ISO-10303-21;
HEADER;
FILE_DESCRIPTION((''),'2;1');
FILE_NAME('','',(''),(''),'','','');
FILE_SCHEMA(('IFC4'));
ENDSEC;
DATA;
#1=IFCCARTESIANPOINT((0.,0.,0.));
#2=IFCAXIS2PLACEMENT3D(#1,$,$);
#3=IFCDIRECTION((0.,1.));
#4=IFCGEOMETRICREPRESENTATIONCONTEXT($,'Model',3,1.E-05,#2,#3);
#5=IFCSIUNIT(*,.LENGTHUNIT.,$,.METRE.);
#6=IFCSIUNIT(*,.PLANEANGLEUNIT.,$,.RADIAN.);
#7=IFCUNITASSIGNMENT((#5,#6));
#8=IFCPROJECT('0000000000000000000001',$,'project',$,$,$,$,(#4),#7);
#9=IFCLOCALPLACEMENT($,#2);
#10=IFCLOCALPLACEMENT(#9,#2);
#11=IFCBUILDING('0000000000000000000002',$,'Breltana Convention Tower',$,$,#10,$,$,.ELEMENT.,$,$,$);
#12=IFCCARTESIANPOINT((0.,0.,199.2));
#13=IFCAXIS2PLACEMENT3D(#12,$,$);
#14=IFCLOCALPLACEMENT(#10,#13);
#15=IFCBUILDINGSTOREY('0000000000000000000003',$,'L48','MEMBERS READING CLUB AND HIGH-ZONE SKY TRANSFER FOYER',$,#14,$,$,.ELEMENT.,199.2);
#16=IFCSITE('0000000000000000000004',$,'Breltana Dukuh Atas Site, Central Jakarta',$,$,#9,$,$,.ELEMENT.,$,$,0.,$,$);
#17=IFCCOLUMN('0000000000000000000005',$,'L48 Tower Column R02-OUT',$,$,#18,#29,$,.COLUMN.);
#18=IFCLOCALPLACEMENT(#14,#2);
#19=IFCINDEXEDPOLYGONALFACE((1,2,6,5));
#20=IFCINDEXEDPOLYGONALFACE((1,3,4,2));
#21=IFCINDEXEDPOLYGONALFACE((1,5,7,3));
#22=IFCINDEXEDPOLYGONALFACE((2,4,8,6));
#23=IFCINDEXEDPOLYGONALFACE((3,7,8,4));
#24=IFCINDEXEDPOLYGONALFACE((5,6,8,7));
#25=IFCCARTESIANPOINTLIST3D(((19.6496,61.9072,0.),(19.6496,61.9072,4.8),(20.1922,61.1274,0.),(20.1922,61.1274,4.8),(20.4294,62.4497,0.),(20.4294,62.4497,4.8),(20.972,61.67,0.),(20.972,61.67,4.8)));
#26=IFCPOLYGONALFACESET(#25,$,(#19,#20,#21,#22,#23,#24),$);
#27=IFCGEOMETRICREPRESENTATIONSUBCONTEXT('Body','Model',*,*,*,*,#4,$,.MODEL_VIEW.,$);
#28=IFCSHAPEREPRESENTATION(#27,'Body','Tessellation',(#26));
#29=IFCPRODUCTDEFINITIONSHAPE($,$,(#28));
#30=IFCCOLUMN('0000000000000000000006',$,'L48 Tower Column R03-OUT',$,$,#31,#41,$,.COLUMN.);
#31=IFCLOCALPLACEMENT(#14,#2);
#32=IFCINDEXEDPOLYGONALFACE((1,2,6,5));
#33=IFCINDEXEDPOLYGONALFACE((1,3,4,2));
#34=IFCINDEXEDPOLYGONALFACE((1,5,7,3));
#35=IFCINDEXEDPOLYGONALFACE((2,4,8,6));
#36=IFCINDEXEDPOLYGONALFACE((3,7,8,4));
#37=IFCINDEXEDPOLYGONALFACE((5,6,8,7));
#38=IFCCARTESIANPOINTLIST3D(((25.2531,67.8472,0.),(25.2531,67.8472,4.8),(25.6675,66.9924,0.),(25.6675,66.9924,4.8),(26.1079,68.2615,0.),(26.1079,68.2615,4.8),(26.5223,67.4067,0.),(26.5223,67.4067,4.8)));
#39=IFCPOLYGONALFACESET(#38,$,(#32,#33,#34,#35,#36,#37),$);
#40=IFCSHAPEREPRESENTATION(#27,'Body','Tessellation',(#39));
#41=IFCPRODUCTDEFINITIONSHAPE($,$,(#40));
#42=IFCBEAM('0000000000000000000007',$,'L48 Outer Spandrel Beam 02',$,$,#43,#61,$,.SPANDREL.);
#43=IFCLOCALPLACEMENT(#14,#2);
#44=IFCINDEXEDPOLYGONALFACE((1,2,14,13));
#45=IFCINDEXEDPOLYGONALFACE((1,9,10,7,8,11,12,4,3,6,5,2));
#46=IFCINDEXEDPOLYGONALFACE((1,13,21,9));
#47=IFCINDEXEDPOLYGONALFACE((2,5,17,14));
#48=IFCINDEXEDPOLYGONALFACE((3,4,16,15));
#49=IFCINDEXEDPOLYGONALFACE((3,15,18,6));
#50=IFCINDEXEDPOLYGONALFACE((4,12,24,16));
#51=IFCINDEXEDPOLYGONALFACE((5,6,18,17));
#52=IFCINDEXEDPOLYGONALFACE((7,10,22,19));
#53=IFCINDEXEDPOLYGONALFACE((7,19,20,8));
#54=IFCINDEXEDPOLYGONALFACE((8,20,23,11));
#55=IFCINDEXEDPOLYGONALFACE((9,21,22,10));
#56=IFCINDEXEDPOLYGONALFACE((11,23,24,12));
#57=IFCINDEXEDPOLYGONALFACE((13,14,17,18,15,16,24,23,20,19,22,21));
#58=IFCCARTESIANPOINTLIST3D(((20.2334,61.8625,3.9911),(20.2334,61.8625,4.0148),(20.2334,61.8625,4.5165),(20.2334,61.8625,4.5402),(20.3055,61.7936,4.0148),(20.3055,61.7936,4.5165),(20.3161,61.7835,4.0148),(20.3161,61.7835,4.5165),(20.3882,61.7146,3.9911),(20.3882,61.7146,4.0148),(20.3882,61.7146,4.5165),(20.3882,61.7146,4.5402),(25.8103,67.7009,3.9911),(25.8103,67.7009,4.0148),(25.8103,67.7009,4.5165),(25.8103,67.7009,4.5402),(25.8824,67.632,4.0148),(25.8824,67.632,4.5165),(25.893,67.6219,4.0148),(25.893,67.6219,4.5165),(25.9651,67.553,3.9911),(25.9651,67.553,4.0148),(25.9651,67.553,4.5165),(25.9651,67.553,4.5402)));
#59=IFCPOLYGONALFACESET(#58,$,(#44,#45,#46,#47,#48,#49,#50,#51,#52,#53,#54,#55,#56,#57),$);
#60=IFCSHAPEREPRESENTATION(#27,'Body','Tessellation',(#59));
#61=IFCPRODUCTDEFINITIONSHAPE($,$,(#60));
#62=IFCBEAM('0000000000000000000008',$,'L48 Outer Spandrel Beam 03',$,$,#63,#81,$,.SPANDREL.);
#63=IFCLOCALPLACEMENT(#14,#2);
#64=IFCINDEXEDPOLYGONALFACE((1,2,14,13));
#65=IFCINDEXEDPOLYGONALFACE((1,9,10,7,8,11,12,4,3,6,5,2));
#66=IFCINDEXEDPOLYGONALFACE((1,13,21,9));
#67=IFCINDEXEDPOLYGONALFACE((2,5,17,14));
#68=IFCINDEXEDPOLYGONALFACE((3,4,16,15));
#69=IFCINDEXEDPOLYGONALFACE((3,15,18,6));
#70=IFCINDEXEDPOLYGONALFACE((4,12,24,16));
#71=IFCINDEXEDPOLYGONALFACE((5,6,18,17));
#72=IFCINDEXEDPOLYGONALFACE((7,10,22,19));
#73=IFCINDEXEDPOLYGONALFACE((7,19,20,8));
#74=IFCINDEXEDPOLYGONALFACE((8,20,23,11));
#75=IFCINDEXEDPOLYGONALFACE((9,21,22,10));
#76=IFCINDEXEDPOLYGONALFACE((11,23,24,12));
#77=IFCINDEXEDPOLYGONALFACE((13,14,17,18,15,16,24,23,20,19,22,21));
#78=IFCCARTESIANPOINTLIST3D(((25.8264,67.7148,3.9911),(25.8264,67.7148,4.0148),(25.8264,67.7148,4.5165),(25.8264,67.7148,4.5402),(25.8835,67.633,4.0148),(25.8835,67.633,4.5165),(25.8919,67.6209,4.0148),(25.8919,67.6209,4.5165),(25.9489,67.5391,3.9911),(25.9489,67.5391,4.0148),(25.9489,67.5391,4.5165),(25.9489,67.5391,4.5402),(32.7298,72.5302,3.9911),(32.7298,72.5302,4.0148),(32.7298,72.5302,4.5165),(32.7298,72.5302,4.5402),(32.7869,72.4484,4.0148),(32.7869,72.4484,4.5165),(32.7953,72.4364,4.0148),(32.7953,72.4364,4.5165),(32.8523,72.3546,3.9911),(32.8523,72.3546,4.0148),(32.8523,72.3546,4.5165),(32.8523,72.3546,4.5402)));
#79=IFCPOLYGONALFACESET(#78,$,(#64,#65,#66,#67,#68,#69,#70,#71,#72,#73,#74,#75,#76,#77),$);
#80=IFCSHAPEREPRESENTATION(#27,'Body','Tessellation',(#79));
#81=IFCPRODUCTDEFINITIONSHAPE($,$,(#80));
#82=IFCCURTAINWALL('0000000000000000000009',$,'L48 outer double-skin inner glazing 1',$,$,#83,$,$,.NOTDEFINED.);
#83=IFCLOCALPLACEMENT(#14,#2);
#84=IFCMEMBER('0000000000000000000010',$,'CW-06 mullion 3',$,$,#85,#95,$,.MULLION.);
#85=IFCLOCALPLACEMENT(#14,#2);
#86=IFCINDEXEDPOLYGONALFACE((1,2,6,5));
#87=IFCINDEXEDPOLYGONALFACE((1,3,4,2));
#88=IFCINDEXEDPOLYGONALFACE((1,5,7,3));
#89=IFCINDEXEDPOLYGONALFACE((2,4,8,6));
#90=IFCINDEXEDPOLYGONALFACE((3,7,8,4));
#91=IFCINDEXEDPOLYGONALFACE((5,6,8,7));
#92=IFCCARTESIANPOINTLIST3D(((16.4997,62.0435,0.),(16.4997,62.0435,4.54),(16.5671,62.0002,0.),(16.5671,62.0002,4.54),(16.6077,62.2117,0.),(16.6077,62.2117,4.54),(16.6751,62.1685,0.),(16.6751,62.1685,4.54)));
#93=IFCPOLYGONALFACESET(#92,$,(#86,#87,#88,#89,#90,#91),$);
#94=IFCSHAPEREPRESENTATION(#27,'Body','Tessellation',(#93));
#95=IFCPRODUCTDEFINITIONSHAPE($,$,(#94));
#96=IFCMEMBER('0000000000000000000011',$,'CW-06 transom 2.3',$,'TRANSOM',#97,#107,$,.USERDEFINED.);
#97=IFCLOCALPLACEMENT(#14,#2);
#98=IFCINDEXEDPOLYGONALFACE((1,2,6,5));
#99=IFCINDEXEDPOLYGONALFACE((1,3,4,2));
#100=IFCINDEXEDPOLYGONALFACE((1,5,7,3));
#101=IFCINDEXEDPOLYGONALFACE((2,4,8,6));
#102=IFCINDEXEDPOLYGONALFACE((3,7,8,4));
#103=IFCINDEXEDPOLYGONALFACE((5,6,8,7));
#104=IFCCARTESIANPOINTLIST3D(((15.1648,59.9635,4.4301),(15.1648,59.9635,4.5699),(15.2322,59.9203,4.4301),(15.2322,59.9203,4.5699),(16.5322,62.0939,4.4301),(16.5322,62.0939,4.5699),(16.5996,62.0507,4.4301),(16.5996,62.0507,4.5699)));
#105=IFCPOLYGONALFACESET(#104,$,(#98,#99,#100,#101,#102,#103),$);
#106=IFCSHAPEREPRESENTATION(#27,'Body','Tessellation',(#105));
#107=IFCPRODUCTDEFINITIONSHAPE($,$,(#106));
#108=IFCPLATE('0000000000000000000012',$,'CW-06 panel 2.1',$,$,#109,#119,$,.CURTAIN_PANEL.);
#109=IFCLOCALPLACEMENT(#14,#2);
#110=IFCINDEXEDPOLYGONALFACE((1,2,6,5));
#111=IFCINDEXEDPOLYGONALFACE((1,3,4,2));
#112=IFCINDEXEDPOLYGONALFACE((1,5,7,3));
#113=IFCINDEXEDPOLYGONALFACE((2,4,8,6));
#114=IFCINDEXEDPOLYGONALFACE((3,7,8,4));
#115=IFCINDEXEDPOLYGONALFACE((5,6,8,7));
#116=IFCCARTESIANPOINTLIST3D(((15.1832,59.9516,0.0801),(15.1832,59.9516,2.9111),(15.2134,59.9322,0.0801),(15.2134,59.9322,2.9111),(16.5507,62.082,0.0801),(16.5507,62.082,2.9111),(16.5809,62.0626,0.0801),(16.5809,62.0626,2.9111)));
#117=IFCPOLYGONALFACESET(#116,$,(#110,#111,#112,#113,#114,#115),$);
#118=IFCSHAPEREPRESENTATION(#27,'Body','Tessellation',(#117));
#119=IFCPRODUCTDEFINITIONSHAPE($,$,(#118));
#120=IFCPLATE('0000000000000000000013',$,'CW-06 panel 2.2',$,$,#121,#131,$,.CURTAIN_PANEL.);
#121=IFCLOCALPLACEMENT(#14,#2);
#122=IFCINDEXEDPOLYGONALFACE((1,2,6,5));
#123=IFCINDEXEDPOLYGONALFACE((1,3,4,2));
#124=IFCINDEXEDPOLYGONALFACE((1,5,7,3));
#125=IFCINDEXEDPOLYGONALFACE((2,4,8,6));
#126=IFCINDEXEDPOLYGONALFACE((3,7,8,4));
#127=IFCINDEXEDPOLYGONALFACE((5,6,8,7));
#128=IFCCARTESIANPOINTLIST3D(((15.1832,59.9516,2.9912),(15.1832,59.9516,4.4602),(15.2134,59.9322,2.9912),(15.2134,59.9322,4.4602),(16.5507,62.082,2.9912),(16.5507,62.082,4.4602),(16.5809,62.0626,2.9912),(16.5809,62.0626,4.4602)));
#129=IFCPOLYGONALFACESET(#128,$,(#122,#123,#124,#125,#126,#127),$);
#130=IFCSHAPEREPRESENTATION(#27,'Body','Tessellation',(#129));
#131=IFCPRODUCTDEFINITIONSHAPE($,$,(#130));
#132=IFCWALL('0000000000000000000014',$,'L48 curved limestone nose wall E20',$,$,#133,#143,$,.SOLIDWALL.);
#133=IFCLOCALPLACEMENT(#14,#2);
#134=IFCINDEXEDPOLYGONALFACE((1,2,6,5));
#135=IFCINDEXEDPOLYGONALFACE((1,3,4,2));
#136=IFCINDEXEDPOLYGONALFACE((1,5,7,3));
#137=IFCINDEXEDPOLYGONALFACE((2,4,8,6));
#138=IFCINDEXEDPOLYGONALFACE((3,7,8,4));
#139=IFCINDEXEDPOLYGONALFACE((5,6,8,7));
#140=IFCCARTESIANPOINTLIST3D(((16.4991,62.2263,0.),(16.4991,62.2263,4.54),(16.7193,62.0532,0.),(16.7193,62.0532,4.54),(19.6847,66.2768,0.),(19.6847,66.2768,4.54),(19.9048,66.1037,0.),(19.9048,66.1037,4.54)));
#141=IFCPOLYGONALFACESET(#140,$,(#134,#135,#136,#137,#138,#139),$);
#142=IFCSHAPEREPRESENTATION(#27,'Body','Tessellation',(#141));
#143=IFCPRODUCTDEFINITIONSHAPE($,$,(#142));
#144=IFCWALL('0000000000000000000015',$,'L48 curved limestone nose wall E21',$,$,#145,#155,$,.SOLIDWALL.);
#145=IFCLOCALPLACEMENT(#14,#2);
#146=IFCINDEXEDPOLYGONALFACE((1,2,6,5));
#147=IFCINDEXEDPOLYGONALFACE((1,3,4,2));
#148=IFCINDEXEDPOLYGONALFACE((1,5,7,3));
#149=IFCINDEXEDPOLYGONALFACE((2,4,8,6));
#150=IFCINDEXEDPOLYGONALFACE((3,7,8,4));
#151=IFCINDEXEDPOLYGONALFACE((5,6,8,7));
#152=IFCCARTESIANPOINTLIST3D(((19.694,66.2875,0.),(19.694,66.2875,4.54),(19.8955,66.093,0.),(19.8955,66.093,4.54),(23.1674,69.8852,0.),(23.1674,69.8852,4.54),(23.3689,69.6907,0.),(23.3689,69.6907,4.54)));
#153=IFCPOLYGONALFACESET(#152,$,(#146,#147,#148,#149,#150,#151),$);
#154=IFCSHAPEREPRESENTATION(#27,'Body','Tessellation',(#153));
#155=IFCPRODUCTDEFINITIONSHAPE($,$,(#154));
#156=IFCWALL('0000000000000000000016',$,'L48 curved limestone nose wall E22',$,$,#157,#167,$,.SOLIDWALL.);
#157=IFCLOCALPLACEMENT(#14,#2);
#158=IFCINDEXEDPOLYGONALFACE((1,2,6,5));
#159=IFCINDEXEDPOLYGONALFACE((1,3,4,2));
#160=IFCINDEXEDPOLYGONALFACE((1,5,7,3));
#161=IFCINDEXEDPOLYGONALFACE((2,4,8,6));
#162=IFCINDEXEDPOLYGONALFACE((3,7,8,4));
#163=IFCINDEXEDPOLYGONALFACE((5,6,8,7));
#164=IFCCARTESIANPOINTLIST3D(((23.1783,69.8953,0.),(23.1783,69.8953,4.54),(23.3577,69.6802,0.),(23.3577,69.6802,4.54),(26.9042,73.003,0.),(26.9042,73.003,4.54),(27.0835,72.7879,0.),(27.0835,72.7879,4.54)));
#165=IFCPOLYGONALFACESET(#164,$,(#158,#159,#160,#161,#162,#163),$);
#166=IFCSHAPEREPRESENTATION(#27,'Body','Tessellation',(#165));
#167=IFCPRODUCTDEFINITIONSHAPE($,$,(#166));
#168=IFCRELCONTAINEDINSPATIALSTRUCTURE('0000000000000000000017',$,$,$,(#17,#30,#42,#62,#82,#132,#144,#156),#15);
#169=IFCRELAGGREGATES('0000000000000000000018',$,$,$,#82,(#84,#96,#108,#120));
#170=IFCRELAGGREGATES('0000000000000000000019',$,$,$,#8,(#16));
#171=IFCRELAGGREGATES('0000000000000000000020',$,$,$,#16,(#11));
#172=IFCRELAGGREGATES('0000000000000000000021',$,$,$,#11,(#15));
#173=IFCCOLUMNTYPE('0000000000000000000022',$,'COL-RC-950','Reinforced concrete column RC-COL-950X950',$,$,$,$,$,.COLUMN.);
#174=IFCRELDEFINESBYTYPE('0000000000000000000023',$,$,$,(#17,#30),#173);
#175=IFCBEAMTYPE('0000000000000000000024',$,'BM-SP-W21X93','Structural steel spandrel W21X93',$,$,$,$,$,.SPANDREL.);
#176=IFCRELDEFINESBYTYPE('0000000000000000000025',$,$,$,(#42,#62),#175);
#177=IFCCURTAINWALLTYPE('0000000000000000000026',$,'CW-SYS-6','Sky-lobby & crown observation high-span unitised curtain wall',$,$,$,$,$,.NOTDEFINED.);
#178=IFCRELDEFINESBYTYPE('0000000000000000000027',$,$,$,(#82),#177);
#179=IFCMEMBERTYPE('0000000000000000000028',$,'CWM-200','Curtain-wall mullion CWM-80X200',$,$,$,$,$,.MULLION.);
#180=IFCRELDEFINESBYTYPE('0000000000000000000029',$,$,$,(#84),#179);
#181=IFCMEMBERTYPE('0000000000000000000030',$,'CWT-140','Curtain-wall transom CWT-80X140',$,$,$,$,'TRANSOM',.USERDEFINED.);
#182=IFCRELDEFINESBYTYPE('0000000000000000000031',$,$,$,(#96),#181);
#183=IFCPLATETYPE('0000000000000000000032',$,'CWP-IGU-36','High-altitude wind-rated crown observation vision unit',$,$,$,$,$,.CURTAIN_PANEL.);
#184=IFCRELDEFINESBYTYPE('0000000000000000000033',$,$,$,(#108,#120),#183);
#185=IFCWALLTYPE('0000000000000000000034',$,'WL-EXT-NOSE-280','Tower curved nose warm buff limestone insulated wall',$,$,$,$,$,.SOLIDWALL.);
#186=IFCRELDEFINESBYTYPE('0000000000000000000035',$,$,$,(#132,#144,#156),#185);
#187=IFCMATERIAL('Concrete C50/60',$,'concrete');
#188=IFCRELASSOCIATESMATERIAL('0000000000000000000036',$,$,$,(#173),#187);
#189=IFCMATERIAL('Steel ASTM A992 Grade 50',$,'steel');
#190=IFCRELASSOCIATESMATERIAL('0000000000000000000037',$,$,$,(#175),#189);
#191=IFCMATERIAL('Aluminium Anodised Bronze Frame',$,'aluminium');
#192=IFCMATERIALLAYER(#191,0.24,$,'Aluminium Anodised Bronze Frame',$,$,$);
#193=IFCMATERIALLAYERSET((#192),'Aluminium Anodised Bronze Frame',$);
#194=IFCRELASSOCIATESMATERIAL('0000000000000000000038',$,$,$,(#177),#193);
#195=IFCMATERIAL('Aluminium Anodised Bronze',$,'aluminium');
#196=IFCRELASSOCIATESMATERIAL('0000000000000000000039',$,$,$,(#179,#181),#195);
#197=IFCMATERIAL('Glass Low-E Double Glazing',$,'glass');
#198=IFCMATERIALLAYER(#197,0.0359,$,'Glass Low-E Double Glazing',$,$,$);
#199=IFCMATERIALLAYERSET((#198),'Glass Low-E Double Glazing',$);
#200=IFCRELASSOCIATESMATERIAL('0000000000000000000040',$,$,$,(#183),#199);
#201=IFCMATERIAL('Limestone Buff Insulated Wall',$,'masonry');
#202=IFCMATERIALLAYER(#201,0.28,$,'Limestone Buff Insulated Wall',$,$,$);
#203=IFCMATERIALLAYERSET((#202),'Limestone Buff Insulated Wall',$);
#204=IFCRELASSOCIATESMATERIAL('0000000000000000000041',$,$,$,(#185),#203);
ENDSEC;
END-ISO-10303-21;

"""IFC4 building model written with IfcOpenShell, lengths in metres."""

from ifc_helpers import new_model, si_unit, direction, frame, frame_2d, origin, origin_2d, place, context, subcontext, project, spatial, rectangle, i_section, extrude, source, transform, mapped, material, layer, layer_set, material_profile, profile_set, type_object, type_shapes, element, aggregate, save


model = new_model("IFC4")

# Units and contexts
model_context = context("Model", 3, precision=1e-05, world=origin(), true_north=direction((0.0, 1.0)))
body_context = subcontext(model_context, "Body", "Model", "MODEL_VIEW")
ifc_project = project(units=[si_unit("LENGTHUNIT", "METRE"), si_unit("PLANEANGLEUNIT", "RADIAN")], contexts=[model_context])

# Site, building, storey
site_placement = place(None, origin())
site = spatial("IfcSite", under=ifc_project, at=site_placement, Name="Breltana Dukuh Atas Site, Central Jakarta", CompositionType="ELEMENT", RefElevation=0.0)
building_placement = place(site_placement, origin())
building = spatial("IfcBuilding", under=site, at=building_placement, Name="Breltana Convention Tower", CompositionType="ELEMENT")
storey_placement = place(building_placement, frame((0.0, 0.0, 199.2)))
storey = spatial("IfcBuildingStorey", under=building, at=storey_placement, Name="L48", Description="MEMBERS READING CLUB AND HIGH-ZONE SKY TRANSFER FOYER", CompositionType="ELEMENT", Elevation=199.2)

# Columns
ifc_material_1 = material(Name="Concrete C50/60", Category="concrete")
ifc_material_profile_1 = material_profile(ifc_material_1, rectangle(XDim=0.95, YDim=0.95, at=origin_2d()), Name="RC-COL-950X950")
ifc_profile_set_1 = profile_set([ifc_material_profile_1], Name="Concrete C50/60")
column_type = type_object("IfcColumnType", Name="COL-RC-950", Description="Reinforced concrete column RC-COL-950X950", PredefinedType="COLUMN", material=ifc_profile_set_1)
shared_shape_1 = source(origin(), body_context, "Body", "SweptSolid", [
    extrude(rectangle(XDim=0.95, YDim=0.95, at=origin_2d()), origin(), (0.0, 0.0, 1.0), 4.8),
])
type_shapes(column_type, [shared_shape_1])
for number, where, z_axis, x_axis, name in (
    (1, (20.3108, 61.7886, 0.0), (0.0, 0.0, 1.0), (-0.571143, 0.82085, 0.0), "L48 Tower Column R02-OUT"),
    (2, (25.8877, 67.627, 0.0), (0.0, 0.0, 1.0), (-0.436174, 0.899863, 0.0), "L48 Tower Column R03-OUT"),
):
    element("IfcColumn", number, at=place(storey_placement, frame(where, z_axis=z_axis, x_axis=x_axis)), inside=storey, type_object=column_type, Name=name, PredefinedType="COLUMN", context=body_context, shape_type="MappedRepresentation", body=[
        mapped(shared_shape_1, transform((0.0, 0.0, 0.0), scale=1.0)),
    ])

# Beams
ifc_material_2 = material(Name="Steel ASTM A992 Grade 50", Category="steel")
ifc_material_profile_2 = material_profile(ifc_material_2, i_section(OverallWidth=0.2141, OverallDepth=0.5491, WebThickness=0.0146, FlangeThickness=0.0237, at=origin_2d()), Name="W21X93")
ifc_profile_set_2 = profile_set([ifc_material_profile_2], Name="Steel ASTM A992 Grade 50")
beam_type = type_object("IfcBeamType", Name="BM-SP-W21X93", Description="Structural steel spandrel W21X93", PredefinedType="SPANDREL", material=ifc_profile_set_2)
shared_shape_2 = source(origin(), body_context, "Body", "SweptSolid", [
    extrude(i_section(OverallWidth=0.2141, OverallDepth=0.5491, WebThickness=0.0146, FlangeThickness=0.0237, at=origin_2d()), origin(), (0.0, 0.0, 1.0), 8.074),
])
beam_1_placement = place(storey_placement, frame((20.3108, 61.7886, 4.2656), z_axis=(0.690729, 0.723114, 0.0), x_axis=(-0.723114, 0.690729, 0.0)))
element("IfcBeam", 3, at=beam_1_placement, inside=storey, type_object=beam_type, Name="L48 Outer Spandrel Beam 02", PredefinedType="SPANDREL", context=body_context, shape_type="MappedRepresentation", body=[
    mapped(shared_shape_2, transform((0.0, 0.0, 0.0), scale=1.0)),
])
shared_shape_3 = source(origin(), body_context, "Body", "SweptSolid", [
    extrude(i_section(OverallWidth=0.2141, OverallDepth=0.5491, WebThickness=0.0146, FlangeThickness=0.0237, at=origin_2d()), origin(), (0.0, 0.0, 1.0), 8.417),
])
beam_2_placement = place(storey_placement, frame((25.8877, 67.627, 4.2656), z_axis=(0.820174, 0.572114, 0.0), x_axis=(-0.572114, 0.820174, 0.0)))
element("IfcBeam", 4, at=beam_2_placement, inside=storey, type_object=beam_type, Name="L48 Outer Spandrel Beam 03", PredefinedType="SPANDREL", context=body_context, shape_type="MappedRepresentation", body=[
    mapped(shared_shape_3, transform((0.0, 0.0, 0.0), scale=1.0)),
])

# Curtain wall, members, plates
ifc_material_3 = material(Name="Aluminium Anodised Bronze Frame", Category="aluminium")
ifc_layer_1 = layer(ifc_material_3, 0.24, Name="Aluminium Anodised Bronze Frame")
ifc_layer_set_1 = layer_set([ifc_layer_1], Name="Aluminium Anodised Bronze Frame")
curtain_wall_type = type_object("IfcCurtainWallType", Name="CW-SYS-6", Description="Sky-lobby & crown observation high-span unitised curtain wall", PredefinedType="NOTDEFINED", material=ifc_layer_set_1)
curtain_wall_placement = place(storey_placement, origin())
curtain_wall = element("IfcCurtainWall", 5, at=curtain_wall_placement, inside=storey, type_object=curtain_wall_type, Name="L48 outer double-skin inner glazing 1", PredefinedType="NOTDEFINED")
ifc_material_4 = material(Name="Aluminium Anodised Bronze", Category="aluminium")
ifc_material_profile_3 = material_profile(ifc_material_4, rectangle(XDim=0.0801, YDim=0.2, at=origin_2d()), Name="CWM-80X200")
ifc_profile_set_3 = profile_set([ifc_material_profile_3], Name="Aluminium Anodised Bronze")
member_type_1 = type_object("IfcMemberType", Name="CWM-200", Description="Curtain-wall mullion CWM-80X200", PredefinedType="MULLION", material=ifc_profile_set_3)
shared_shape_4 = source(origin(), body_context, "Body", "SweptSolid", [
    extrude(rectangle(XDim=0.0801, YDim=0.2, at=origin_2d()), origin(), (0.0, 0.0, 1.0), 4.54),
])
member_1_placement = place(storey_placement, frame((16.5874, 62.106, 0.0), z_axis=(0.0, 0.0, 1.0), x_axis=(-0.841548, 0.540182, 0.0)))
member_1 = element("IfcMember", 6, at=member_1_placement, type_object=member_type_1, Name="CW-06 mullion 3", PredefinedType="MULLION", context=body_context, shape_type="MappedRepresentation", body=[
    mapped(shared_shape_4, transform((0.0, 0.0, 0.0), scale=1.0)),
])
ifc_material_profile_4 = material_profile(ifc_material_4, rectangle(XDim=0.0801, YDim=0.1399, at=origin_2d()), Name="CWT-80X140")
ifc_profile_set_4 = profile_set([ifc_material_profile_4], Name="Aluminium Anodised Bronze")
member_type_2 = type_object("IfcMemberType", Name="CWT-140", Description="Curtain-wall transom CWT-80X140", ElementType="TRANSOM", PredefinedType="USERDEFINED", material=ifc_profile_set_4)
shared_shape_5 = source(origin(), body_context, "Body", "SweptSolid", [
    extrude(rectangle(XDim=0.0801, YDim=0.1399, at=origin_2d()), origin(), (0.0, 0.0, 1.0), 2.5315),
])
member_2_placement = place(storey_placement, frame((15.1985, 59.9419, 4.5), z_axis=(0.540173, 0.841554, 0.0), x_axis=(-0.841554, 0.540173, 0.0)))
member_2 = element("IfcMember", 7, at=member_2_placement, type_object=member_type_2, Name="CW-06 transom 2.3", ObjectType="TRANSOM", PredefinedType="USERDEFINED", context=body_context, shape_type="MappedRepresentation", body=[
    mapped(shared_shape_5, transform((0.0, 0.0, 0.0), scale=1.0)),
])
ifc_material_5 = material(Name="Glass Low-E Double Glazing", Category="glass")
ifc_layer_2 = layer(ifc_material_5, 0.0359, Name="Glass Low-E Double Glazing")
ifc_layer_set_2 = layer_set([ifc_layer_2], Name="Glass Low-E Double Glazing")
plate_type = type_object("IfcPlateType", Name="CWP-IGU-36", Description="High-altitude wind-rated crown observation vision unit", PredefinedType="CURTAIN_PANEL", material=ifc_layer_set_2)
shared_shape_6 = source(origin(), body_context, "Body", "SweptSolid", [
    extrude(rectangle(XDim=2.5315, YDim=0.0359, at=origin_2d()), origin(), (0.0, 0.0, 1.0), 2.8311),
])
plate_1_placement = place(storey_placement, frame((15.8821, 61.0071, 0.0801), z_axis=(0.0, 0.0, 1.0), x_axis=(0.540182, 0.841548, 0.0)))
plate_1 = element("IfcPlate", 8, at=plate_1_placement, type_object=plate_type, Name="CW-06 panel 2.1", PredefinedType="CURTAIN_PANEL", context=body_context, shape_type="MappedRepresentation", body=[
    mapped(shared_shape_6, transform((0.0, 0.0, 0.0), scale=1.0)),
])
shared_shape_7 = source(origin(), body_context, "Body", "SweptSolid", [
    extrude(rectangle(XDim=2.5315, YDim=0.0359, at=origin_2d()), origin(), (0.0, 0.0, 1.0), 1.469),
])
plate_2_placement = place(storey_placement, frame((15.8821, 61.0071, 2.9912), z_axis=(0.0, 0.0, 1.0), x_axis=(0.540182, 0.841548, 0.0)))
plate_2 = element("IfcPlate", 9, at=plate_2_placement, type_object=plate_type, Name="CW-06 panel 2.2", PredefinedType="CURTAIN_PANEL", context=body_context, shape_type="MappedRepresentation", body=[
    mapped(shared_shape_7, transform((0.0, 0.0, 0.0), scale=1.0)),
])
aggregate(curtain_wall, [member_1, member_2, plate_1, plate_2])

# Walls
ifc_material_6 = material(Name="Limestone Buff Insulated Wall", Category="masonry")
ifc_layer_3 = layer(ifc_material_6, 0.28, Name="Limestone Buff Insulated Wall")
ifc_layer_set_3 = layer_set([ifc_layer_3], Name="Limestone Buff Insulated Wall")
wall_type_1 = type_object("IfcWallType", Name="WL-EXT-NOSE-280", Description="Tower curved nose warm buff limestone insulated wall", PredefinedType="SOLIDWALL", material=ifc_layer_set_3)
shared_shape_8 = source(origin(), body_context, "Body", "SweptSolid", [
    extrude(rectangle(XDim=5.1531, YDim=0.28, at=frame_2d((2.5767, 0.0))), origin(), (0.0, 0.0, 1.0), 4.54),
])
wall_1_placement = place(storey_placement, frame((16.6091, 62.1396, 0.0), z_axis=(0.0, 0.0, 1.0), x_axis=(0.618179, 0.786037, 0.0)))
element("IfcWall", 10, at=wall_1_placement, inside=storey, type_object=wall_type_1, Name="L48 curved limestone nose wall E20", PredefinedType="SOLIDWALL", context=body_context, shape_type="MappedRepresentation", body=[
    mapped(shared_shape_8, transform((0.0, 0.0, 0.0), scale=1.0)),
])
shared_shape_9 = source(origin(), body_context, "Body", "SweptSolid", [
    extrude(rectangle(XDim=5.0007, YDim=0.28, at=frame_2d((2.5005, 0.0))), origin(), (0.0, 0.0, 1.0), 4.54),
])
wall_2_placement = place(storey_placement, frame((19.7947, 66.1902, 0.0), z_axis=(0.0, 0.0, 1.0), x_axis=(0.694573, 0.719422, 0.0)))
element("IfcWall", 11, at=wall_2_placement, inside=storey, type_object=wall_type_1, Name="L48 curved limestone nose wall E21", PredefinedType="SOLIDWALL", context=body_context, shape_type="MappedRepresentation", body=[
    mapped(shared_shape_9, transform((0.0, 0.0, 0.0), scale=1.0)),
])
shared_shape_10 = source(origin(), body_context, "Body", "SweptSolid", [
    extrude(rectangle(XDim=4.8518, YDim=0.28, at=frame_2d((2.4258, 0.0))), origin(), (0.0, 0.0, 1.0), 4.54),
])
wall_3_placement = place(storey_placement, frame((23.2681, 69.7878, 0.0), z_axis=(0.0, 0.0, 1.0), x_axis=(0.767937, 0.640526, 0.0)))
element("IfcWall", 12, at=wall_3_placement, inside=storey, type_object=wall_type_1, Name="L48 curved limestone nose wall E22", PredefinedType="SOLIDWALL", context=body_context, shape_type="MappedRepresentation", body=[
    mapped(shared_shape_10, transform((0.0, 0.0, 0.0), scale=1.0)),
])

save(model, "model.ifc")
